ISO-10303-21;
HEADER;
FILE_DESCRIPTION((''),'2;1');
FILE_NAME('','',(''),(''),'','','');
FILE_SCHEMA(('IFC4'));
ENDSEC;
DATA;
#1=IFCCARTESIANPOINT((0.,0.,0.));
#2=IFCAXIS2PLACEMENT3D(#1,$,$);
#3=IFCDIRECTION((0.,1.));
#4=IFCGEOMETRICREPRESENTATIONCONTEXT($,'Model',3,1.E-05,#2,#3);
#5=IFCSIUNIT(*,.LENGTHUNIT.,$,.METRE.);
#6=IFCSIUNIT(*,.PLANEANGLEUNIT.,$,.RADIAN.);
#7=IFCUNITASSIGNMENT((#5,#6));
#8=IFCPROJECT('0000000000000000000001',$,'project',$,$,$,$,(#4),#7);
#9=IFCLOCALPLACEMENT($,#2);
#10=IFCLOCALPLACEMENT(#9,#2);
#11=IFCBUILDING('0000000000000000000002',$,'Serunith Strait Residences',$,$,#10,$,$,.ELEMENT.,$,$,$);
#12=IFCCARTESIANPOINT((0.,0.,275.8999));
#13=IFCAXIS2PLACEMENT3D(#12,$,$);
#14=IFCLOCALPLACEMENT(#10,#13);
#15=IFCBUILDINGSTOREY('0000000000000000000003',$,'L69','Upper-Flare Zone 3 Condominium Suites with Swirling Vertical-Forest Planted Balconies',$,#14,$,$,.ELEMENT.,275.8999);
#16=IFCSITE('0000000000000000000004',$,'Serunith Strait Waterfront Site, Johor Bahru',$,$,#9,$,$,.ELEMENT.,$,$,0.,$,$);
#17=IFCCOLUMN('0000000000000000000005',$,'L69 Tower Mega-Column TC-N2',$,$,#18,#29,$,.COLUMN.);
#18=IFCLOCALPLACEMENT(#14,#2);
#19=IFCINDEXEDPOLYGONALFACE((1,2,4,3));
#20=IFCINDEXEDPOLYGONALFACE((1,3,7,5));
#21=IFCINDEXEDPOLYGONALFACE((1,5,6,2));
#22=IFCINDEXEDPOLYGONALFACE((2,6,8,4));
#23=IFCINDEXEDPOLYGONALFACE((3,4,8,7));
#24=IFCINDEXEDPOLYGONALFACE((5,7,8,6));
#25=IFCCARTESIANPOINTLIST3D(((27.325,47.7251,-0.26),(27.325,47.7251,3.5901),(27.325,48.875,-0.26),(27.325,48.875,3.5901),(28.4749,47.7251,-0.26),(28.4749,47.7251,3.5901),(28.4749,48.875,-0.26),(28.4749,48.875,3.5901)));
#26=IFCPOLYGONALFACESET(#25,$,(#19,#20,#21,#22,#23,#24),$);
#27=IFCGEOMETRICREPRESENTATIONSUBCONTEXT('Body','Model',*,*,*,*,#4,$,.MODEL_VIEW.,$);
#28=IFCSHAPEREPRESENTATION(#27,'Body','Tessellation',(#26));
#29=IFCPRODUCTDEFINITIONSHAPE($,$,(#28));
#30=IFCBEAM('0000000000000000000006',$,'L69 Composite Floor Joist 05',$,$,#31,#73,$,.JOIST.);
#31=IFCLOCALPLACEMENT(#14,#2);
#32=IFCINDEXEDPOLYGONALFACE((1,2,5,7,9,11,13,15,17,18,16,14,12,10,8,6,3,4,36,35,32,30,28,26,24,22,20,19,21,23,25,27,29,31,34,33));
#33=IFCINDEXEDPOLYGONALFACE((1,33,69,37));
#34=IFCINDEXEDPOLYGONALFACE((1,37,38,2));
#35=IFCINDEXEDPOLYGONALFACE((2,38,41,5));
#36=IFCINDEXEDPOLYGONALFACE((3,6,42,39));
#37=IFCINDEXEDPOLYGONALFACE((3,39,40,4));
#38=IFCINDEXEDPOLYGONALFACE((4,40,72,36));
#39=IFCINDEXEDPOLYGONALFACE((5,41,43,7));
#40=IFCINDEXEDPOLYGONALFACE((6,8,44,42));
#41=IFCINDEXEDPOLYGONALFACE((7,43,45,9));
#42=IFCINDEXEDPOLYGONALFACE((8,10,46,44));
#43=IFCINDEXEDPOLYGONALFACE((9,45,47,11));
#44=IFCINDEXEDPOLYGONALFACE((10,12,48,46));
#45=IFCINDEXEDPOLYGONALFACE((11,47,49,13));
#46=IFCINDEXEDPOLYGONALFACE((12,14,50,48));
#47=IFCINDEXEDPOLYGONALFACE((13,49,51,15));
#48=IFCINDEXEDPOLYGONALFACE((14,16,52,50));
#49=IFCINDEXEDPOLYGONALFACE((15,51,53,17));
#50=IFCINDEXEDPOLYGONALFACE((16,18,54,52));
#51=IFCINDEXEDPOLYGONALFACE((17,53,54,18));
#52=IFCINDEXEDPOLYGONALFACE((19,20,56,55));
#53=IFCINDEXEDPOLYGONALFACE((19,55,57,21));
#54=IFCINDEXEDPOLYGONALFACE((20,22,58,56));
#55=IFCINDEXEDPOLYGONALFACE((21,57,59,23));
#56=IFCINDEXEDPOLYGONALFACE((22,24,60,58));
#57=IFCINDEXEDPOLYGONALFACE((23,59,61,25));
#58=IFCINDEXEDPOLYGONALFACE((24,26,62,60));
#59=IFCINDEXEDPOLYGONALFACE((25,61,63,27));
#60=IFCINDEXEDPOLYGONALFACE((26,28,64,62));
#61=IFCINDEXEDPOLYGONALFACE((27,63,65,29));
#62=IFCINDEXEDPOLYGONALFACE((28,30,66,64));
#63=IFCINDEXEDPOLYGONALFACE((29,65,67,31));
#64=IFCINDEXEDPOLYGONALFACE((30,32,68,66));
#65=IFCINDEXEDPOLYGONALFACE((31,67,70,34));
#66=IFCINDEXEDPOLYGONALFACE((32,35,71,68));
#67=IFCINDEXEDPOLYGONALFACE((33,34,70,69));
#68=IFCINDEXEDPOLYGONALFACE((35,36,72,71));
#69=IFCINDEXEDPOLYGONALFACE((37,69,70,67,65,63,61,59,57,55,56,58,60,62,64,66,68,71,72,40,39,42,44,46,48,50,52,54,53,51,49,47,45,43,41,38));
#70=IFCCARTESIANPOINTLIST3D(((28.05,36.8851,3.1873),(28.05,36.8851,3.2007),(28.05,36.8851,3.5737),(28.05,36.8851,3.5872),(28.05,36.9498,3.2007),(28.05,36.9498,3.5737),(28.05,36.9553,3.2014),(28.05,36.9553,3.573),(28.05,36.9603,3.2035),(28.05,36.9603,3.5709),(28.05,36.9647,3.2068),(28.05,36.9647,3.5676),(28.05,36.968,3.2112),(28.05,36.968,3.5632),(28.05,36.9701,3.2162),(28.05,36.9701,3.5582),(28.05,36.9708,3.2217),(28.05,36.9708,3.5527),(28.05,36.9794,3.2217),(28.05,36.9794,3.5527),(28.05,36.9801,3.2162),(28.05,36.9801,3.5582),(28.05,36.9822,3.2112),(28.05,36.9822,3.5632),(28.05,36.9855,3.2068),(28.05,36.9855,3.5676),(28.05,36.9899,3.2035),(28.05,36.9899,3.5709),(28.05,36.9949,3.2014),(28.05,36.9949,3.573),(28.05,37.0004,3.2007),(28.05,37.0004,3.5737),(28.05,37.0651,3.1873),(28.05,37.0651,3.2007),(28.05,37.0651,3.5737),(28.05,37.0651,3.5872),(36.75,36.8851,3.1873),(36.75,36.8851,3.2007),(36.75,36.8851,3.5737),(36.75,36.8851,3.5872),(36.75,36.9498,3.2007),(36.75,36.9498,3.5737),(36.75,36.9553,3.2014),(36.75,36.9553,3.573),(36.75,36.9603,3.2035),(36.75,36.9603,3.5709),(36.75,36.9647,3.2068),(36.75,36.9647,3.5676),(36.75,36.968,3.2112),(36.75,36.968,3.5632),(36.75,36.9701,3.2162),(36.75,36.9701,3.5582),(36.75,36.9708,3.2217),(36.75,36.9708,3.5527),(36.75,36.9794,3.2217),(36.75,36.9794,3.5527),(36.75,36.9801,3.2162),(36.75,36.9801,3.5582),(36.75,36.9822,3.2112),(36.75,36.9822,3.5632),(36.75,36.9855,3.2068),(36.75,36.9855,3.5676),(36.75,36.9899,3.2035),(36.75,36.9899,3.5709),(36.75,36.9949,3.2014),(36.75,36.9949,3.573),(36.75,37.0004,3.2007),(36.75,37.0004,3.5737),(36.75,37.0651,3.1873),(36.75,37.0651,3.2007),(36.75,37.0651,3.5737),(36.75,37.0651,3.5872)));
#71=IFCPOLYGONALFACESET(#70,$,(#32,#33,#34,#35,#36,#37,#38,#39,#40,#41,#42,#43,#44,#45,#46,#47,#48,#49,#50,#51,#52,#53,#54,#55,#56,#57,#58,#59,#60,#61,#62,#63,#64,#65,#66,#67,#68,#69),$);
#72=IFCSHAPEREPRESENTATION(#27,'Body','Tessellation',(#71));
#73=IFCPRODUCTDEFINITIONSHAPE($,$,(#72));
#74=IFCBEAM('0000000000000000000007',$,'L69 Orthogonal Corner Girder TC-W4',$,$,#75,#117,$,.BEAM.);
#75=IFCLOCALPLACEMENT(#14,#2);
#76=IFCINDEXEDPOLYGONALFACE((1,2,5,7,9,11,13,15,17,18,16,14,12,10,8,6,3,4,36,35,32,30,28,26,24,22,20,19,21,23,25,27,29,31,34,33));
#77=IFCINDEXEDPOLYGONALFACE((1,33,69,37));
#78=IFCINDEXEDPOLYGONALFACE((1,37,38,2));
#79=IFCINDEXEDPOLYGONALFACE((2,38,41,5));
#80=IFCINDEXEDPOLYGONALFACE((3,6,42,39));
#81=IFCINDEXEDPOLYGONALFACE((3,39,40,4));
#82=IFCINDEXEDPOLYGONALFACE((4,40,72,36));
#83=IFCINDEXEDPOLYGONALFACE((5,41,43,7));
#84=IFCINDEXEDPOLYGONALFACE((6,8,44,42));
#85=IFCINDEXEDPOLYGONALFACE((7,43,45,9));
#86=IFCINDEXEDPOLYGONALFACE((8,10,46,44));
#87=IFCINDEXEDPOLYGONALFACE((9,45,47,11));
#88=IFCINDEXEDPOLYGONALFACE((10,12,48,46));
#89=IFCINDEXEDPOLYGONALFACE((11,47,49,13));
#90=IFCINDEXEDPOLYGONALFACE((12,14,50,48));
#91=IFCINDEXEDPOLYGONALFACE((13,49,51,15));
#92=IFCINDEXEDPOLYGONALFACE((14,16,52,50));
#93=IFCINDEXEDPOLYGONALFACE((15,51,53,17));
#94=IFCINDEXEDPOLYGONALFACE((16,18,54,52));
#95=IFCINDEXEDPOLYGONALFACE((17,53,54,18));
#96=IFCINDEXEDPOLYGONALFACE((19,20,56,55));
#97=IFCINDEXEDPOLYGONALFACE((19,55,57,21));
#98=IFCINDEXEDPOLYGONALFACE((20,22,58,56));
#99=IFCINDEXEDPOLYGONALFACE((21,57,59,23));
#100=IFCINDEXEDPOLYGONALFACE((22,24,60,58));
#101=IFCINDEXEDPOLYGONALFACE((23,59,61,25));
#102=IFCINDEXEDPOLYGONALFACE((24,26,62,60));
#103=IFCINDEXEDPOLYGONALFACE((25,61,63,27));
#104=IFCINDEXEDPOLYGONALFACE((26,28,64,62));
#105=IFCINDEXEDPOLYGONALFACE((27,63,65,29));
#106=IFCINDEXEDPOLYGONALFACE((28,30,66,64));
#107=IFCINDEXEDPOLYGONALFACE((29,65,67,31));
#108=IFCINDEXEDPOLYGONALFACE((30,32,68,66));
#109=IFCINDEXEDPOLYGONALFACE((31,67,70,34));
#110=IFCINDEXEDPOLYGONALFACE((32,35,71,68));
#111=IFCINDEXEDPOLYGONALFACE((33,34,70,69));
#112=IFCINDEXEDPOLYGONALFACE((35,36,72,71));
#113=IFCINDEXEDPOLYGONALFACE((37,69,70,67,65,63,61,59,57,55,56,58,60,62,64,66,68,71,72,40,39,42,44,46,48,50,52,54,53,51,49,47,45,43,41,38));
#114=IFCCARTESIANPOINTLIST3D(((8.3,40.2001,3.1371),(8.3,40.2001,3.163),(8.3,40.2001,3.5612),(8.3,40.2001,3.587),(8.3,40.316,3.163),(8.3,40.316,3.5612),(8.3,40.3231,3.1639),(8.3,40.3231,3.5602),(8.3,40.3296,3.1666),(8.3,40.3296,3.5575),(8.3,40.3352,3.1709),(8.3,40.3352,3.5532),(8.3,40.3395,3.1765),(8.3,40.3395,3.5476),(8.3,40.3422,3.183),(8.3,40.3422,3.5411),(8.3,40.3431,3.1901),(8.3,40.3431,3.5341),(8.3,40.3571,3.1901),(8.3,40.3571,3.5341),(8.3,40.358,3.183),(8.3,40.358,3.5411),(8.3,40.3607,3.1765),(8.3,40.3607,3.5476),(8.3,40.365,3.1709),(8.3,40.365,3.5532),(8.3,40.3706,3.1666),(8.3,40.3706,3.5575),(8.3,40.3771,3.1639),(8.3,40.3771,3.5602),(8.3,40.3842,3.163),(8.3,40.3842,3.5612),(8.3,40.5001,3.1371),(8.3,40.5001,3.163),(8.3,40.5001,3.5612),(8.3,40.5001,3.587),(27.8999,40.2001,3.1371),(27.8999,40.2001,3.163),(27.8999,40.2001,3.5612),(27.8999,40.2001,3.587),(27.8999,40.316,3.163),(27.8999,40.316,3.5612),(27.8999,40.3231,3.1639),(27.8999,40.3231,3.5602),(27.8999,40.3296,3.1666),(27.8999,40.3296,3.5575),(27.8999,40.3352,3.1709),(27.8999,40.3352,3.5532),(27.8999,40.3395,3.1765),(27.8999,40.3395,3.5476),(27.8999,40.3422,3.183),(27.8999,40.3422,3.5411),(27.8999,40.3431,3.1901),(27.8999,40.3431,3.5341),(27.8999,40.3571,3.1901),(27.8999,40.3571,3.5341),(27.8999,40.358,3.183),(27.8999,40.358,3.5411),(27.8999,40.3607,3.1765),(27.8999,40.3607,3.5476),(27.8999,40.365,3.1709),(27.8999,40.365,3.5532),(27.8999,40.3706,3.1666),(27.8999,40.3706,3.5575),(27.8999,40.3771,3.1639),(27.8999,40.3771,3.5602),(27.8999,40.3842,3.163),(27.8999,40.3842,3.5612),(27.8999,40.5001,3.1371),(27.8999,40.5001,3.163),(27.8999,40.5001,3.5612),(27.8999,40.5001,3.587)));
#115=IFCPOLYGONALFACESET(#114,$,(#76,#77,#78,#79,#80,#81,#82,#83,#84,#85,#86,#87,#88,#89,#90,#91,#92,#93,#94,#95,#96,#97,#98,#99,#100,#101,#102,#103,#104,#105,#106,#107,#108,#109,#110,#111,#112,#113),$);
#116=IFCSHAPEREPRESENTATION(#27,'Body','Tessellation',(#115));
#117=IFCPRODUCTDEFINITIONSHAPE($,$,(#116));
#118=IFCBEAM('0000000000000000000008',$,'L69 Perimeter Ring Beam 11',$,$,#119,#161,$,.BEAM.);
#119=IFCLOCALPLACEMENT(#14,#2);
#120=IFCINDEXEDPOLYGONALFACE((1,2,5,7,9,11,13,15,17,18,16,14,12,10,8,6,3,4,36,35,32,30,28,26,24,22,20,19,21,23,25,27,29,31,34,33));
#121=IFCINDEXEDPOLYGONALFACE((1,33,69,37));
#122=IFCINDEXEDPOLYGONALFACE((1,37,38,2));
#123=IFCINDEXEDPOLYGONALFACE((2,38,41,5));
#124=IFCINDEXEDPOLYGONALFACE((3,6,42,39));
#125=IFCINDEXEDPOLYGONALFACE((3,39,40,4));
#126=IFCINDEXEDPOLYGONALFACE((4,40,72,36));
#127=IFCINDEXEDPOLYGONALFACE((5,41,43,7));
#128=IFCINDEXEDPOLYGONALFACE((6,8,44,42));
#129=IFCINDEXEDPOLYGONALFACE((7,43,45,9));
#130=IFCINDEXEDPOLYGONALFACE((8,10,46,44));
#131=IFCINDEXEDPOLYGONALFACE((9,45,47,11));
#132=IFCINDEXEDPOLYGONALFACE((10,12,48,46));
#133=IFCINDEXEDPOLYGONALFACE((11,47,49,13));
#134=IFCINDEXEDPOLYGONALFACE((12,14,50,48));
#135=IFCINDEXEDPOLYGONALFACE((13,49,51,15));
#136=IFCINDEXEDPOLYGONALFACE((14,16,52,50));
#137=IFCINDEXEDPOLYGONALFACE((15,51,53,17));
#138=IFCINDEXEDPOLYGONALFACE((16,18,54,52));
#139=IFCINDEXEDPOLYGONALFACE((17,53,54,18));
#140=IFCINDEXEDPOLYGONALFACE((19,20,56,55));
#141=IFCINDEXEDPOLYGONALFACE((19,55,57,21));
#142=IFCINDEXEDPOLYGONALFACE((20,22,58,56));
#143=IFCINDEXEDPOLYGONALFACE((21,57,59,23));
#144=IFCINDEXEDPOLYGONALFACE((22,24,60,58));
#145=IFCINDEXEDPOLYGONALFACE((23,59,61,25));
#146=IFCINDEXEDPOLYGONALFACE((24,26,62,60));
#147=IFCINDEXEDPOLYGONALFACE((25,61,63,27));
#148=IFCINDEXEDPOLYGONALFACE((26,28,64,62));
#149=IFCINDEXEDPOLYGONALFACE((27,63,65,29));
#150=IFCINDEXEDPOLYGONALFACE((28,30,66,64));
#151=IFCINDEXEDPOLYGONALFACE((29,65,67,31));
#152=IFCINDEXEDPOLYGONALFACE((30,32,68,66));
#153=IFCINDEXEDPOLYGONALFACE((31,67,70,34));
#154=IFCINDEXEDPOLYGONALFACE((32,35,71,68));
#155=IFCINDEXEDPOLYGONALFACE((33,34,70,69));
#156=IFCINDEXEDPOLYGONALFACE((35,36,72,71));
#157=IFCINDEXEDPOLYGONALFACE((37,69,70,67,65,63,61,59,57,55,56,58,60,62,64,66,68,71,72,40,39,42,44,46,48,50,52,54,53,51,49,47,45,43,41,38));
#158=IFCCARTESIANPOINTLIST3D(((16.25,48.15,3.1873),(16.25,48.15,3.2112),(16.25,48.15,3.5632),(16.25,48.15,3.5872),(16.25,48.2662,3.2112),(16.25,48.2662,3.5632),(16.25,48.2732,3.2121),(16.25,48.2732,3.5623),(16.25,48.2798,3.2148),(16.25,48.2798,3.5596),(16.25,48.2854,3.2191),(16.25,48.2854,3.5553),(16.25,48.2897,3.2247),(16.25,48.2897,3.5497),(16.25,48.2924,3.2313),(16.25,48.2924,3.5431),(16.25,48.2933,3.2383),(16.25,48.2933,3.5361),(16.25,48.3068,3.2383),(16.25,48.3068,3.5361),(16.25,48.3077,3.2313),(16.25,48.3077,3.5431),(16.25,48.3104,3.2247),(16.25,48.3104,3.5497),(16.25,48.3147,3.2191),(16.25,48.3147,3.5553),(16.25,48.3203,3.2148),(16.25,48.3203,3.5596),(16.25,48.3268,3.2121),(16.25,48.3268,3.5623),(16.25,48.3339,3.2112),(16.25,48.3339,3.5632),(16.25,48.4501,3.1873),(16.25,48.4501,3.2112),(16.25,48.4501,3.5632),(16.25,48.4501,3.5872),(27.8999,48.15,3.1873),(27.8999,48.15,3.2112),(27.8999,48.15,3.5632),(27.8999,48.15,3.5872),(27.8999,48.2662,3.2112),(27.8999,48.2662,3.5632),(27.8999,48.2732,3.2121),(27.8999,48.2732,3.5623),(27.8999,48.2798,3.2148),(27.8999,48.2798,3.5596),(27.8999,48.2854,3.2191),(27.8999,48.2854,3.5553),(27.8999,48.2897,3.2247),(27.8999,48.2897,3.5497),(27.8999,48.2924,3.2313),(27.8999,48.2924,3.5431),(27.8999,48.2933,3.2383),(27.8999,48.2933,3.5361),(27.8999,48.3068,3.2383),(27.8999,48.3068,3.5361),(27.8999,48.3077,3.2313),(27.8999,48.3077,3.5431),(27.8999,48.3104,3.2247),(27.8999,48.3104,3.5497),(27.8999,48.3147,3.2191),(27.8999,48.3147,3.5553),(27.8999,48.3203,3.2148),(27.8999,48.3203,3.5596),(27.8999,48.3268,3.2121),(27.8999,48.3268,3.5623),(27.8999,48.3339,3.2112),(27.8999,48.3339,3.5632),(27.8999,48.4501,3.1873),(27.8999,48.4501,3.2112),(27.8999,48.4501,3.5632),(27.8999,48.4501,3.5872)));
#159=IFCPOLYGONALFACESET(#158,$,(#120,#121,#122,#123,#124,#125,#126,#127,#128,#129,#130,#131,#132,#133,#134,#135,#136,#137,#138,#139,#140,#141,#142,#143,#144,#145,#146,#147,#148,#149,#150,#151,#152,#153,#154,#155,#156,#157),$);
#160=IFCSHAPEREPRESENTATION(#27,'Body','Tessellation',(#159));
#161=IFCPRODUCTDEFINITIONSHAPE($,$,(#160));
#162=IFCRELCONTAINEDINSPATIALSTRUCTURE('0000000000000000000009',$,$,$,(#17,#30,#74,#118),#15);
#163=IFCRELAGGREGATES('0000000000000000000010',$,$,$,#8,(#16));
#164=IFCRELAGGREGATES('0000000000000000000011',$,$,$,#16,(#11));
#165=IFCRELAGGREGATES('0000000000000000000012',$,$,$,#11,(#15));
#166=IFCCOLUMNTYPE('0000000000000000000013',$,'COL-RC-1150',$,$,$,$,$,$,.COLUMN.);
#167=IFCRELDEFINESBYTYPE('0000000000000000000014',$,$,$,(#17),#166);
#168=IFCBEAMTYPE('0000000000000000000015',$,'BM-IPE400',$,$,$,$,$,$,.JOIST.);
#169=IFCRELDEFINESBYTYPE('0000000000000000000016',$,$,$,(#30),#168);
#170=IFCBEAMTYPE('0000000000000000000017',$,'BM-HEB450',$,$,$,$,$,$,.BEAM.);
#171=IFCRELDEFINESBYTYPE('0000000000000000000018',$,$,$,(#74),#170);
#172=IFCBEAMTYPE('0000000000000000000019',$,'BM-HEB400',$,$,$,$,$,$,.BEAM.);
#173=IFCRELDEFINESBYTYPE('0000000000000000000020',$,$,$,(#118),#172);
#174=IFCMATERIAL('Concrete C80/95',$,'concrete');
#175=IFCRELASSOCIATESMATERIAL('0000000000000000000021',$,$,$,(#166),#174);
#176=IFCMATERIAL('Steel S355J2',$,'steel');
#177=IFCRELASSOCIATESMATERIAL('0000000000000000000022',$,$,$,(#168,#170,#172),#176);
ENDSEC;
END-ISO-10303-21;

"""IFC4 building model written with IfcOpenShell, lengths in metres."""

from ifc_helpers import new_model, si_unit, direction, frame, origin, origin_2d, place, context, subcontext, project, spatial, rectangle, i_section, extrude, source, transform, mapped, material, material_profile, profile_set, type_object, element, save


model = new_model("IFC4")

# Units and contexts
model_context = context("Model", 3, precision=1e-05, world=origin(), true_north=direction((0.0, 1.0)))
body_context = subcontext(model_context, "Body", "Model", "MODEL_VIEW")
ifc_project = project(units=[si_unit("LENGTHUNIT", "METRE"), si_unit("PLANEANGLEUNIT", "RADIAN")], contexts=[model_context])

# Site, building, storey
site_placement = place(None, origin())
site = spatial("IfcSite", under=ifc_project, at=site_placement, Name="Serunith Strait Waterfront Site, Johor Bahru", CompositionType="ELEMENT", RefElevation=0.0)
building_placement = place(site_placement, origin())
building = spatial("IfcBuilding", under=site, at=building_placement, Name="Serunith Strait Residences", CompositionType="ELEMENT")
storey_placement = place(building_placement, frame((0.0, 0.0, 275.8999)))
storey = spatial("IfcBuildingStorey", under=building, at=storey_placement, Name="L69", Description="Upper-Flare Zone 3 Condominium Suites with Swirling Vertical-Forest Planted Balconies", CompositionType="ELEMENT", Elevation=275.8999)

# Column
ifc_material_1 = material(Name="Concrete C80/95", Category="concrete")
ifc_material_profile_1 = material_profile(ifc_material_1, rectangle(XDim=1.1499, YDim=1.1499, at=origin_2d()), Name="RC 1150x1150")
ifc_profile_set_1 = profile_set([ifc_material_profile_1], Name="Concrete C80/95")
column_type = type_object("IfcColumnType", Name="COL-RC-1150", PredefinedType="COLUMN", material=ifc_profile_set_1)
shared_shape_1 = source(origin(), body_context, "Body", "SweptSolid", [
    extrude(rectangle(XDim=1.1499, YDim=1.1499, at=origin_2d()), origin(), (0.0, 0.0, 1.0), 3.8501),
])
column_placement = place(storey_placement, frame((27.8999, 48.3, -0.26), z_axis=(0.0, 0.0, 1.0), x_axis=(1.0, 0.0, 0.0)))
element("IfcColumn", 1, at=column_placement, inside=storey, type_object=column_type, Name="L69 Tower Mega-Column TC-N2", PredefinedType="COLUMN", context=body_context, shape_type="MappedRepresentation", body=[
    mapped(shared_shape_1, transform((0.0, 0.0, 0.0), scale=1.0)),
])

# Beams
ifc_material_2 = material(Name="Steel S355J2", Category="steel")
ifc_material_profile_2 = material_profile(ifc_material_2, i_section(OverallWidth=0.1799, OverallDepth=0.3999, WebThickness=0.0085, FlangeThickness=0.0134, FilletRadius=0.021, at=origin_2d()), Name="IPE 400")
ifc_profile_set_2 = profile_set([ifc_material_profile_2], Name="Steel S355J2")
beam_type_1 = type_object("IfcBeamType", Name="BM-IPE400", PredefinedType="JOIST", material=ifc_profile_set_2)
shared_shape_2 = source(origin(), body_context, "Body", "SweptSolid", [
    extrude(i_section(OverallWidth=0.1799, OverallDepth=0.3999, WebThickness=0.0085, FlangeThickness=0.0134, FilletRadius=0.021, at=origin_2d()), origin(), (0.0, 0.0, 1.0), 8.7),
])
beam_1_placement = place(storey_placement, frame((28.05, 36.9751, 3.3872), z_axis=(1.0, 0.0, 0.0), x_axis=(0.0, 1.0, 0.0)))
element("IfcBeam", 2, at=beam_1_placement, inside=storey, type_object=beam_type_1, Name="L69 Composite Floor Joist 05", PredefinedType="JOIST", context=body_context, shape_type="MappedRepresentation", body=[
    mapped(shared_shape_2, transform((0.0, 0.0, 0.0), scale=1.0)),
])
ifc_material_profile_3 = material_profile(ifc_material_2, i_section(OverallWidth=0.3, OverallDepth=0.45, WebThickness=0.0139, FlangeThickness=0.0259, FilletRadius=0.0271, at=origin_2d()), Name="HEB 450")
ifc_profile_set_3 = profile_set([ifc_material_profile_3], Name="Steel S355J2")
beam_type_2 = type_object("IfcBeamType", Name="BM-HEB450", PredefinedType="BEAM", material=ifc_profile_set_3)
shared_shape_3 = source(origin(), body_context, "Body", "SweptSolid", [
    extrude(i_section(OverallWidth=0.3, OverallDepth=0.45, WebThickness=0.0139, FlangeThickness=0.0259, FilletRadius=0.0271, at=origin_2d()), origin(), (0.0, 0.0, 1.0), 19.5999),
])
beam_2_placement = place(storey_placement, frame((27.8999, 40.3501, 3.3621), z_axis=(-1.0, 0.0, 0.0), x_axis=(0.0, -1.0, 0.0)))
element("IfcBeam", 3, at=beam_2_placement, inside=storey, type_object=beam_type_2, Name="L69 Orthogonal Corner Girder TC-W4", PredefinedType="BEAM", context=body_context, shape_type="MappedRepresentation", body=[
    mapped(shared_shape_3, transform((0.0, 0.0, 0.0), scale=1.0)),
])
ifc_material_profile_4 = material_profile(ifc_material_2, i_section(OverallWidth=0.3, OverallDepth=0.3999, WebThickness=0.0134, FlangeThickness=0.0239, FilletRadius=0.0271, at=origin_2d()), Name="HEB 400")
ifc_profile_set_4 = profile_set([ifc_material_profile_4], Name="Steel S355J2")
beam_type_3 = type_object("IfcBeamType", Name="BM-HEB400", PredefinedType="BEAM", material=ifc_profile_set_4)
shared_shape_4 = source(origin(), body_context, "Body", "SweptSolid", [
    extrude(i_section(OverallWidth=0.3, OverallDepth=0.3999, WebThickness=0.0134, FlangeThickness=0.0239, FilletRadius=0.0271, at=origin_2d()), origin(), (0.0, 0.0, 1.0), 11.6499),
])
beam_3_placement = place(storey_placement, frame((27.8999, 48.3, 3.3872), z_axis=(-1.0, 0.0, 0.0), x_axis=(0.0, -1.0, 0.0)))
element("IfcBeam", 4, at=beam_3_placement, inside=storey, type_object=beam_type_3, Name="L69 Perimeter Ring Beam 11", PredefinedType="BEAM", context=body_context, shape_type="MappedRepresentation", body=[
    mapped(shared_shape_4, transform((0.0, 0.0, 0.0), scale=1.0)),
])

save(model, "model.ifc")
